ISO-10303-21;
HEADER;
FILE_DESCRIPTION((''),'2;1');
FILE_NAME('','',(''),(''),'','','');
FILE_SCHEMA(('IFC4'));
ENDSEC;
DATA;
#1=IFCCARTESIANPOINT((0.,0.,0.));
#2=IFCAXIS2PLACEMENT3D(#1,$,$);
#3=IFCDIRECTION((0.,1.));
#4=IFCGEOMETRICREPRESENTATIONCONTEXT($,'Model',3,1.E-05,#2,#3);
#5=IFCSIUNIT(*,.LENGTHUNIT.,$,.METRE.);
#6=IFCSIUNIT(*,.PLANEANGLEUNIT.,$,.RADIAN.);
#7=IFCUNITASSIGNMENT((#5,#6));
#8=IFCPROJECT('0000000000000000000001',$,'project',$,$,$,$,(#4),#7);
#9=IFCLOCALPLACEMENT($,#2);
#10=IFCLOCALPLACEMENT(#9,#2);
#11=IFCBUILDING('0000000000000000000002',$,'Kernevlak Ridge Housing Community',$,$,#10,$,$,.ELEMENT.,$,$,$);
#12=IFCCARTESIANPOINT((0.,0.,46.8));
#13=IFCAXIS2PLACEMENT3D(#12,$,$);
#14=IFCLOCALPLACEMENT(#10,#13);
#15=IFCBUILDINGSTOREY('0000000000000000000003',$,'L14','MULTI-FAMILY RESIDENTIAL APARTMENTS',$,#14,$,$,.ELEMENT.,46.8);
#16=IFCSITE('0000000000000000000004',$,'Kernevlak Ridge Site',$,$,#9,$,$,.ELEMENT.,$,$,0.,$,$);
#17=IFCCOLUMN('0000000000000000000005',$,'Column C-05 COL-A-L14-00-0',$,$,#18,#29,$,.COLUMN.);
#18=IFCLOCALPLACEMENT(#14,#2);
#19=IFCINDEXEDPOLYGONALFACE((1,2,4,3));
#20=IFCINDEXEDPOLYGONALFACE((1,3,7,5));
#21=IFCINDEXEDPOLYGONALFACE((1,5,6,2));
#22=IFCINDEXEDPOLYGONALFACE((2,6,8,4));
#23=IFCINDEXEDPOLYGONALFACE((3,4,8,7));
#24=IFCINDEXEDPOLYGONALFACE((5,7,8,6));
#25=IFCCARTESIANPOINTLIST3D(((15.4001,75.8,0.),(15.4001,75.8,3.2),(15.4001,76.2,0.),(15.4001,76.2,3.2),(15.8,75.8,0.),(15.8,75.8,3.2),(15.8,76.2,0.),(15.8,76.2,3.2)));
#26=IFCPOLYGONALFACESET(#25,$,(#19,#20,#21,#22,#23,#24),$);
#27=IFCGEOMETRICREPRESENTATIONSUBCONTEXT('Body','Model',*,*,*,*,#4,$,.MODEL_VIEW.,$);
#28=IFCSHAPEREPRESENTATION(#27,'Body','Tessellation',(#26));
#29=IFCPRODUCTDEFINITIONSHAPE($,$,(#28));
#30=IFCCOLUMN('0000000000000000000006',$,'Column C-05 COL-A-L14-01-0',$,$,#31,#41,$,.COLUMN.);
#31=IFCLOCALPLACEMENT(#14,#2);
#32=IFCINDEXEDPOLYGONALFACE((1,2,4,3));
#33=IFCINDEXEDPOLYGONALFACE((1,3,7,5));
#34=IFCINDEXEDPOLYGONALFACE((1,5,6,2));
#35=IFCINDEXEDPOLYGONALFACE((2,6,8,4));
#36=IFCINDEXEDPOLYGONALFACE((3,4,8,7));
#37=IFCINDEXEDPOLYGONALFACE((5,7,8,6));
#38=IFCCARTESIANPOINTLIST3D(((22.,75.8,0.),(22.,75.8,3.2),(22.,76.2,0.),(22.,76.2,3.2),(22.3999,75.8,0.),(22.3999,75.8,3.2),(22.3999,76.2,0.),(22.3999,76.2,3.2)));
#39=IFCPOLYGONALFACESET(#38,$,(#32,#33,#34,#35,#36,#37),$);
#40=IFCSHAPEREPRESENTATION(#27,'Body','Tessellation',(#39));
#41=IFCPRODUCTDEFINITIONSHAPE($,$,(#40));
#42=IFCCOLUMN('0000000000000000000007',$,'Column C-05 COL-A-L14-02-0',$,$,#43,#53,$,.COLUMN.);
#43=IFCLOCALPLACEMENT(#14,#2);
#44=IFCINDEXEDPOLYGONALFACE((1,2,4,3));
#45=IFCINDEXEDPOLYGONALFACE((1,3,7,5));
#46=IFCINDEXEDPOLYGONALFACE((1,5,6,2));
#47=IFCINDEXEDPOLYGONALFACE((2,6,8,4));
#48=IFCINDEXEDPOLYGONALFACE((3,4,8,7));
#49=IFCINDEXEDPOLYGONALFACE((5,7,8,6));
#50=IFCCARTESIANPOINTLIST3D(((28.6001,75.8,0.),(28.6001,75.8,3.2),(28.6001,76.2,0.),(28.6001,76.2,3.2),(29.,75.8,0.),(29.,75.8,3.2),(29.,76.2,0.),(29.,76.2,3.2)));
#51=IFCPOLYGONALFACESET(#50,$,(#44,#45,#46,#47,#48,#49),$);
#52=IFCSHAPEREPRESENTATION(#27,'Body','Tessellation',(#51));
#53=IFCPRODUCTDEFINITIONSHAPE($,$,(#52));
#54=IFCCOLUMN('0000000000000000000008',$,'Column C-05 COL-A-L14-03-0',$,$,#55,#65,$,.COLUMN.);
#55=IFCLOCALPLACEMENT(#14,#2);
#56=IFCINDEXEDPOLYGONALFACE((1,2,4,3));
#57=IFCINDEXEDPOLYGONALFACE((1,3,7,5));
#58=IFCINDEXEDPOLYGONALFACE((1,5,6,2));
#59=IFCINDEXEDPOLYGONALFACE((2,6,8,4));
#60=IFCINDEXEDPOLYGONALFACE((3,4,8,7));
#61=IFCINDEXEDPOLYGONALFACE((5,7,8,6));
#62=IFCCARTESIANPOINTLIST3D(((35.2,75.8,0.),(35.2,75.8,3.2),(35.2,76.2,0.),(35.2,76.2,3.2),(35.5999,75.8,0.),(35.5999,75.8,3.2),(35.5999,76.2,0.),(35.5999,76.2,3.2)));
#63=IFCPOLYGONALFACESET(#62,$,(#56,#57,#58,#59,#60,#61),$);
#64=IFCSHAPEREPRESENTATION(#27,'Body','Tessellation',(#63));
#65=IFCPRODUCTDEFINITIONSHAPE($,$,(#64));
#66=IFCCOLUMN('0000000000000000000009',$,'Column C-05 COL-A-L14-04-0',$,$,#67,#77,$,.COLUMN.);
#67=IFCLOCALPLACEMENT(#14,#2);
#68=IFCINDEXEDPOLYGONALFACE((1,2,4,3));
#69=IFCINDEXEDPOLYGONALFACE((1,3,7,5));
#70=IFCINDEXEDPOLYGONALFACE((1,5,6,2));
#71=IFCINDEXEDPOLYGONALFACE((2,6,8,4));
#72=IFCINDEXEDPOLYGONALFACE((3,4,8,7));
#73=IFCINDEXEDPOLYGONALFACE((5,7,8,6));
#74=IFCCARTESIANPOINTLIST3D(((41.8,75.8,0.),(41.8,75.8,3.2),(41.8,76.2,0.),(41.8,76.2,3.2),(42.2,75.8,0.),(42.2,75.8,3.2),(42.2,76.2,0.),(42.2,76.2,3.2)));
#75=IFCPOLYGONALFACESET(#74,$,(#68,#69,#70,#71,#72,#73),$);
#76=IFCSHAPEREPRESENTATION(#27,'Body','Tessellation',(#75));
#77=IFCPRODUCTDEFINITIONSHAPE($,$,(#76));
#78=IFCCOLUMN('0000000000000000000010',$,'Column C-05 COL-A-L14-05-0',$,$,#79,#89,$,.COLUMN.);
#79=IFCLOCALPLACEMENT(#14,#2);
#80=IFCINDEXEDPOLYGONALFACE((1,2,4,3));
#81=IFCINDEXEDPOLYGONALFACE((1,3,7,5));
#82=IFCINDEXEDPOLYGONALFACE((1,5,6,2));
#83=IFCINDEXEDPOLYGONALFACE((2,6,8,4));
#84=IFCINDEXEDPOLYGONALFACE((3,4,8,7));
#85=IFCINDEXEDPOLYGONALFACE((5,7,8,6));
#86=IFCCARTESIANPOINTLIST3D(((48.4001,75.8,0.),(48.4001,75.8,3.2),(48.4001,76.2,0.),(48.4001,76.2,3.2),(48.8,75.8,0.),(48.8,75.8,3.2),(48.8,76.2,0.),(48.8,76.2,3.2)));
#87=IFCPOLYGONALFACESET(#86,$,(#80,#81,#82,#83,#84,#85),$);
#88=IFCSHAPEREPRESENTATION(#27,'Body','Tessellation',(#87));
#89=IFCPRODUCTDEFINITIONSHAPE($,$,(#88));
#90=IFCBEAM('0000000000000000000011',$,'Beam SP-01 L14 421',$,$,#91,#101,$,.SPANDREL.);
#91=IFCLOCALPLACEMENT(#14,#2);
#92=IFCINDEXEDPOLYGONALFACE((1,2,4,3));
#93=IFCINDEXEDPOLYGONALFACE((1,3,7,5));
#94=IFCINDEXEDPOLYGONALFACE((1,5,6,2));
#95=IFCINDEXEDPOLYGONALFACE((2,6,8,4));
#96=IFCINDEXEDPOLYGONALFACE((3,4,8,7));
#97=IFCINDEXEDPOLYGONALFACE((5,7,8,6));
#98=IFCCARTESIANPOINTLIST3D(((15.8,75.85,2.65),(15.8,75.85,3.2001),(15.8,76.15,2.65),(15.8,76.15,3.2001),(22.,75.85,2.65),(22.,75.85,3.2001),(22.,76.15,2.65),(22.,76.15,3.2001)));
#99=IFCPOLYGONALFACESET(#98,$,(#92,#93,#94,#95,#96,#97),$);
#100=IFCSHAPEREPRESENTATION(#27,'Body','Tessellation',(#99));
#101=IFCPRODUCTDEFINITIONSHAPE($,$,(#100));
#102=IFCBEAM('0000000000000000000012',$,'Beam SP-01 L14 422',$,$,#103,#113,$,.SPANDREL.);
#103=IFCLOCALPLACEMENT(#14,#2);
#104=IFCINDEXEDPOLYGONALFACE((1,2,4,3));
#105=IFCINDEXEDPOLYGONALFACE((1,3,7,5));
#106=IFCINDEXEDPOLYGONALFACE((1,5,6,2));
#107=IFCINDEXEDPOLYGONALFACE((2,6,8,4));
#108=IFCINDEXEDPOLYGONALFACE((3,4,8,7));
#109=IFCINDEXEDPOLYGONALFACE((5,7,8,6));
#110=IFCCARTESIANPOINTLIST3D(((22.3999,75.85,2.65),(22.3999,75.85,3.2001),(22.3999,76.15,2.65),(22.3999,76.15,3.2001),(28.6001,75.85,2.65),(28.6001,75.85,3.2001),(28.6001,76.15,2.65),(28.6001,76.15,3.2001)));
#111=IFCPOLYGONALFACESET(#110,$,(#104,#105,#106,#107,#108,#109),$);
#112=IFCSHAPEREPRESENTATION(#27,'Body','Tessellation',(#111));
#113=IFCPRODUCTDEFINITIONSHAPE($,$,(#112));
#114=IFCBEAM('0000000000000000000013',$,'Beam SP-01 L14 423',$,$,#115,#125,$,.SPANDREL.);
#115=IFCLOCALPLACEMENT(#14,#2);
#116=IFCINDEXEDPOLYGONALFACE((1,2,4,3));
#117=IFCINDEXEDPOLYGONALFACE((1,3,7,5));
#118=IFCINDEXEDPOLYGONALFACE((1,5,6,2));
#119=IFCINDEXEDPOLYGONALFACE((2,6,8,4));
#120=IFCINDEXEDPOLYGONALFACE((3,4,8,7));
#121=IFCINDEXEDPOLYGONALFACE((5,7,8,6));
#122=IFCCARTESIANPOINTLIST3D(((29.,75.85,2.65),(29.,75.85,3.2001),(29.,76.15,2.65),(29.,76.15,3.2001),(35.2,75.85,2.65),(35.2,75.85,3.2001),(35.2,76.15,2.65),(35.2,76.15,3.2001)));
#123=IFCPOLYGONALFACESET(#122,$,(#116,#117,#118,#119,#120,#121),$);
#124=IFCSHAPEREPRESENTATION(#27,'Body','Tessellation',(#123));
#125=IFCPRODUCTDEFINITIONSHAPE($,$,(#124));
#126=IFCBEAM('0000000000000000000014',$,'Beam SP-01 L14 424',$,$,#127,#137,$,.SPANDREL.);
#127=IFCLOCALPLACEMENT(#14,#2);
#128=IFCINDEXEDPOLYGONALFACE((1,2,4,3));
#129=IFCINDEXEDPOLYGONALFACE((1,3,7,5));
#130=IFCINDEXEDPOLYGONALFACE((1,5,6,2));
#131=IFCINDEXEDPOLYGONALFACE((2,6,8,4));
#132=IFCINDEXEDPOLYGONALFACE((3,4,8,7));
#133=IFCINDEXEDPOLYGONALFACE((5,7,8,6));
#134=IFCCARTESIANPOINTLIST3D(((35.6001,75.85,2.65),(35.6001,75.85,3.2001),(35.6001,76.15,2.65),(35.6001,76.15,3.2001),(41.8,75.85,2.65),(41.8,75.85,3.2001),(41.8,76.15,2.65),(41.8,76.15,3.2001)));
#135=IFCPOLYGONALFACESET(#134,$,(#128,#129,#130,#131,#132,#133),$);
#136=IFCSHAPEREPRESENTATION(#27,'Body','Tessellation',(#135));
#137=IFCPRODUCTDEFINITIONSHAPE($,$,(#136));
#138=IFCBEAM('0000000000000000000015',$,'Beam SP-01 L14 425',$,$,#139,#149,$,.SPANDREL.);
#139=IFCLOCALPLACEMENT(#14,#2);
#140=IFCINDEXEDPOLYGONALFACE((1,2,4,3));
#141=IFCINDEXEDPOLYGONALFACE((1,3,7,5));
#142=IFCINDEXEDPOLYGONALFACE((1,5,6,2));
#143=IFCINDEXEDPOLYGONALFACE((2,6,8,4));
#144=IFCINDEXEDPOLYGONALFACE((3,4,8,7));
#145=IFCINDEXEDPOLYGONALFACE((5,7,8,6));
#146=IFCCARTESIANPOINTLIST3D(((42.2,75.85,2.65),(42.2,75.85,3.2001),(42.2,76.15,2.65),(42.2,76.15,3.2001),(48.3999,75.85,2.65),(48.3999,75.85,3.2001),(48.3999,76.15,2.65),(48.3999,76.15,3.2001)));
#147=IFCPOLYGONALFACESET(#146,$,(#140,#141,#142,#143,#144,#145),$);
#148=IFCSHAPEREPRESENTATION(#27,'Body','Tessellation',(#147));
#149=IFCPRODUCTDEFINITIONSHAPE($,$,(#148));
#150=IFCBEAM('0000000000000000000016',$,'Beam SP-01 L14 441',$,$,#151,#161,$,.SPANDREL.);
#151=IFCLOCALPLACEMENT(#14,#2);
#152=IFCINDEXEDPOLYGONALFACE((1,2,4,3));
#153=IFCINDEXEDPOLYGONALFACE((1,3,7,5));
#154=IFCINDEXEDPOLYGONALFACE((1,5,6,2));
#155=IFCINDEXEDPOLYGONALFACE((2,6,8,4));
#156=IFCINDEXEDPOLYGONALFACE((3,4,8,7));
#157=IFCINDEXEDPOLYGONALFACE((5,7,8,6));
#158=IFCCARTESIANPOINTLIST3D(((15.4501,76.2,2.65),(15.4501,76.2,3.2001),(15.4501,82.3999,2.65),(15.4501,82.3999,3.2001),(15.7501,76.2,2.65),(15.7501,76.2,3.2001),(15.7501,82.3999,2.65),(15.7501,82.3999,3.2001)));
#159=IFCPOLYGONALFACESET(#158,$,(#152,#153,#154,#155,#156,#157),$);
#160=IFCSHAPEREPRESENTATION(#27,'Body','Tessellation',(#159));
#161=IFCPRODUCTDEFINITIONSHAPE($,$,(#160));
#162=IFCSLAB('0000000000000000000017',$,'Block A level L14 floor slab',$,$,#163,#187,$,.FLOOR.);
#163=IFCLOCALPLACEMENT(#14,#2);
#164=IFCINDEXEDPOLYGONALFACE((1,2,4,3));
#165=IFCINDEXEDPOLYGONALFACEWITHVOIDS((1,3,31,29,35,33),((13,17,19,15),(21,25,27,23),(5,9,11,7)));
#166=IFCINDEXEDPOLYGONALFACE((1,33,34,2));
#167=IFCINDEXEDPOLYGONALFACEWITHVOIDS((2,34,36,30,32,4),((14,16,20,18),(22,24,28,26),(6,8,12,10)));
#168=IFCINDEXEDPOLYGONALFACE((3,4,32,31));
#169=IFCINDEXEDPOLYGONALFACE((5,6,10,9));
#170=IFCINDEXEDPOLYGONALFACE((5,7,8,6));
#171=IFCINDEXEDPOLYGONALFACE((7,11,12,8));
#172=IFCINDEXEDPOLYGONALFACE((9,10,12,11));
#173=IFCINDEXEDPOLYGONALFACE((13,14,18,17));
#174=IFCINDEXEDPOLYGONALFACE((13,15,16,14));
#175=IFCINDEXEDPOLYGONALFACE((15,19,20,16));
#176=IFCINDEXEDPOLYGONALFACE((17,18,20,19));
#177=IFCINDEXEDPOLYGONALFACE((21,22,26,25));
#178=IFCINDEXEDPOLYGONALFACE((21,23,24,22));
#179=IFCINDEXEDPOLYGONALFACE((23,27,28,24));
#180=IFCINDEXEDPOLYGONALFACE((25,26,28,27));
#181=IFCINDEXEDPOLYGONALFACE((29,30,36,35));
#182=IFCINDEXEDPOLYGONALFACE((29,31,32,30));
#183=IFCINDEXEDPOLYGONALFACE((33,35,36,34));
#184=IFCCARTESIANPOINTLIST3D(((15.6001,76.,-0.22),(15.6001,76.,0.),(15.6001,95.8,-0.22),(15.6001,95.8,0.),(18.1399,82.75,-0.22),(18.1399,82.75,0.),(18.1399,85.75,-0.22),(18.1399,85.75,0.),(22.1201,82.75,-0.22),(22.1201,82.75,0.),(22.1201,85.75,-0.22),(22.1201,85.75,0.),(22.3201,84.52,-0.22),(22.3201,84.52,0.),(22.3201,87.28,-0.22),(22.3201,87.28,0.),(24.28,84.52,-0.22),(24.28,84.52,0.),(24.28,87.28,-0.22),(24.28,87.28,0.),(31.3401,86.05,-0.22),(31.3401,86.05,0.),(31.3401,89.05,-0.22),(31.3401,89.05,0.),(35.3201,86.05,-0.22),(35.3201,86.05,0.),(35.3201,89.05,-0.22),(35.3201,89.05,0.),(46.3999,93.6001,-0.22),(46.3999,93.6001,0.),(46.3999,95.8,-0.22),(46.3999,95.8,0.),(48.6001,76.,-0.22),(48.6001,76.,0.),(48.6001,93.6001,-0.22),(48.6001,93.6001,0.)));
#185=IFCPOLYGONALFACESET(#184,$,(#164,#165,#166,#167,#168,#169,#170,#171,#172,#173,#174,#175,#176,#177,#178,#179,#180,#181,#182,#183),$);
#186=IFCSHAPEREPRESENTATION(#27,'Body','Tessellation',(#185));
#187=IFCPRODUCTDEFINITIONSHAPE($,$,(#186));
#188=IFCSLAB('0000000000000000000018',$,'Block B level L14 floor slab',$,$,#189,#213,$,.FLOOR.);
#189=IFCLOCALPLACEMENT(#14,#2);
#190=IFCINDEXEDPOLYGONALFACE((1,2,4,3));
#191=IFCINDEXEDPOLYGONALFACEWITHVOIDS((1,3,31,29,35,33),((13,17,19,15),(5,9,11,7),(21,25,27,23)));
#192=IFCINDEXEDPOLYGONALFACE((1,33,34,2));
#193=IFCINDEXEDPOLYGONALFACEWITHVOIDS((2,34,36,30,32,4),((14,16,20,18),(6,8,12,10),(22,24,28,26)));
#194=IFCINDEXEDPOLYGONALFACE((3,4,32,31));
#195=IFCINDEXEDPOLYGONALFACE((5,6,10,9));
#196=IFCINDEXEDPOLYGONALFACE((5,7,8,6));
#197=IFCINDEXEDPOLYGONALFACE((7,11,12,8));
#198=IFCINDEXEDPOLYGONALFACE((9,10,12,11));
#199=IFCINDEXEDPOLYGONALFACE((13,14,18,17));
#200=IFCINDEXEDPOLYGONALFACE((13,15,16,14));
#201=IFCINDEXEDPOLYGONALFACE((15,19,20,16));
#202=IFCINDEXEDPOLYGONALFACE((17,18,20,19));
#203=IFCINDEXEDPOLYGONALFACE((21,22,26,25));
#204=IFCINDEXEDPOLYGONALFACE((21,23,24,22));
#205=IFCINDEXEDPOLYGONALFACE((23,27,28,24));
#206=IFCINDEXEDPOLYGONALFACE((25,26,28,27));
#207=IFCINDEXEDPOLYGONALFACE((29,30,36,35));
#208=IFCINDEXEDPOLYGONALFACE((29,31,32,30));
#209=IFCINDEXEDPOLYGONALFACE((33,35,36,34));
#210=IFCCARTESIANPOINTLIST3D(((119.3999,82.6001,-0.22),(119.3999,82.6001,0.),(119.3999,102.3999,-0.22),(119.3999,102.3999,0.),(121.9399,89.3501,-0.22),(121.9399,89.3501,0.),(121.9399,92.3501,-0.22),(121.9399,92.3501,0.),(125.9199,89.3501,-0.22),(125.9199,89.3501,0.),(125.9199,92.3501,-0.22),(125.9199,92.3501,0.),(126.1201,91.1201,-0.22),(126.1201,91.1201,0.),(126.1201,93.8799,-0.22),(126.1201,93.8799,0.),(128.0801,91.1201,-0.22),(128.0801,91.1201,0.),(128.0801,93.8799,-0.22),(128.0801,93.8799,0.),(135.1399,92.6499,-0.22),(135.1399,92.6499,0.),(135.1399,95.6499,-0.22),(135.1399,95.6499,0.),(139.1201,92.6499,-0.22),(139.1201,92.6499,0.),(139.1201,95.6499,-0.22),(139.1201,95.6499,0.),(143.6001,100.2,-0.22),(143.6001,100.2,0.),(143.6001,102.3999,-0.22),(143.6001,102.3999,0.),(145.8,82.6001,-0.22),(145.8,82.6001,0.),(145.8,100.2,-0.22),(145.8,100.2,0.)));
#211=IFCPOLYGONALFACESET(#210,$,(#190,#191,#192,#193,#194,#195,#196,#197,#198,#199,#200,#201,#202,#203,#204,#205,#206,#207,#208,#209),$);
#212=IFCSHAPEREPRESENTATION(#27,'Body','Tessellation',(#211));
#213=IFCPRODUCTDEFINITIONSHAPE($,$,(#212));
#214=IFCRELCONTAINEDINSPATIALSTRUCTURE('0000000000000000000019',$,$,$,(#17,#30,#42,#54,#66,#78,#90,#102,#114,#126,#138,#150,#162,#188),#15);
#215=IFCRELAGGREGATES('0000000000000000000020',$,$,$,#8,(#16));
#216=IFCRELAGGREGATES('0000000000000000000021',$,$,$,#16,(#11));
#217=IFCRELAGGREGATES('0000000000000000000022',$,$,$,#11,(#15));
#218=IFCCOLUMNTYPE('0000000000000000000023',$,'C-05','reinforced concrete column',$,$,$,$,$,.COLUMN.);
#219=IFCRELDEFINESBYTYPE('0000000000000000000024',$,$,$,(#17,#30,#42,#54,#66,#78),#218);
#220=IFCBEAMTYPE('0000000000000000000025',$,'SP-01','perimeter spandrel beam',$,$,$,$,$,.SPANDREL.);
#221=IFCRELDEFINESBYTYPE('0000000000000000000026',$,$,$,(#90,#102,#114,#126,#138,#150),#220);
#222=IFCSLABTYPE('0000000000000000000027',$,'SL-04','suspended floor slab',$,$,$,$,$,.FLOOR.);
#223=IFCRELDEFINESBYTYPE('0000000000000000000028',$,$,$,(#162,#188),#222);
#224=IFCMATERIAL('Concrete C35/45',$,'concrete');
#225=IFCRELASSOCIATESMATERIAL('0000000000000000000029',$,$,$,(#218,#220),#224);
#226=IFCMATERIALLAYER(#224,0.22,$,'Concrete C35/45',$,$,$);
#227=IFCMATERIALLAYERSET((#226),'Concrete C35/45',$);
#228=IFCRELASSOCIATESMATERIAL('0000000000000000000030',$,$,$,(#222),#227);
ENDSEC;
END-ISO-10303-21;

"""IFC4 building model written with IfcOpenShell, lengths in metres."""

from ifc_helpers import new_model, si_unit, direction, frame, origin, origin_2d, place, context, subcontext, project, spatial, polyline, rectangle, outline, extrude, material, layer, layer_set, material_profile, profile_set, type_object, element, save


model = new_model("IFC4")

# Units and contexts
model_context = context("Model", 3, precision=1e-05, world=origin(), true_north=direction((0.0, 1.0)))
body_context = subcontext(model_context, "Body", "Model", "MODEL_VIEW")
ifc_project = project(units=[si_unit("LENGTHUNIT", "METRE"), si_unit("PLANEANGLEUNIT", "RADIAN")], contexts=[model_context])

# Site, building, storey
site_placement = place(None, origin())
site = spatial("IfcSite", under=ifc_project, at=site_placement, Name="Kernevlak Ridge Site", CompositionType="ELEMENT", RefElevation=0.0)
building_placement = place(site_placement, origin())
building = spatial("IfcBuilding", under=site, at=building_placement, Name="Kernevlak Ridge Housing Community", CompositionType="ELEMENT")
storey_placement = place(building_placement, frame((0.0, 0.0, 46.8)))
storey = spatial("IfcBuildingStorey", under=building, at=storey_placement, Name="L14", Description="MULTI-FAMILY RESIDENTIAL APARTMENTS", CompositionType="ELEMENT", Elevation=46.8)

# Columns
ifc_material_1 = material(Name="Concrete C35/45", Category="concrete")
ifc_material_profile_1 = material_profile(ifc_material_1, rectangle(XDim=0.3999, YDim=0.3999, at=origin_2d()), Name="RC 400x400")
ifc_profile_set_1 = profile_set([ifc_material_profile_1], Name="Concrete C35/45")
column_type = type_object("IfcColumnType", Name="C-05", Description="reinforced concrete column", PredefinedType="COLUMN", material=ifc_profile_set_1)
for number, where, z_axis, x_axis, name in (
    (1, (15.6001, 76.0, 0.0), (0.0, 0.0, 1.0), (1.0, 0.0, 0.0), "Column C-05 COL-A-L14-00-0"),
    (2, (22.2, 76.0, 0.0), (0.0, 0.0, 1.0), (1.0, 0.0, 0.0), "Column C-05 COL-A-L14-01-0"),
    (3, (28.8, 76.0, 0.0), (0.0, 0.0, 1.0), (1.0, 0.0, 0.0), "Column C-05 COL-A-L14-02-0"),
    (4, (35.3999, 76.0, 0.0), (0.0, 0.0, 1.0), (1.0, 0.0, 0.0), "Column C-05 COL-A-L14-03-0"),
    (5, (42.0, 76.0, 0.0), (0.0, 0.0, 1.0), (1.0, 0.0, 0.0), "Column C-05 COL-A-L14-04-0"),
    (6, (48.6001, 76.0, 0.0), (0.0, 0.0, 1.0), (1.0, 0.0, 0.0), "Column C-05 COL-A-L14-05-0"),
):
    element("IfcColumn", number, at=place(storey_placement, frame(where, z_axis=z_axis, x_axis=x_axis)), inside=storey, type_object=column_type, Name=name, PredefinedType="COLUMN", context=body_context, shape_type="SweptSolid", body=[
        extrude(rectangle(XDim=0.3999, YDim=0.3999, at=origin_2d()), origin(), (0.0, 0.0, 1.0), 3.2),
    ])

# Beams
ifc_material_profile_2 = material_profile(ifc_material_1, rectangle(XDim=0.3, YDim=0.55, at=origin_2d()), Name="RC 300x550")
ifc_profile_set_2 = profile_set([ifc_material_profile_2], Name="Concrete C35/45")
beam_type = type_object("IfcBeamType", Name="SP-01", Description="perimeter spandrel beam", PredefinedType="SPANDREL", material=ifc_profile_set_2)
beam_1_placement = place(storey_placement, frame((15.8, 76.0, 2.925), z_axis=(1.0, 0.0, 0.0), x_axis=(0.0, 1.0, 0.0)))
element("IfcBeam", 7, at=beam_1_placement, inside=storey, type_object=beam_type, Name="Beam SP-01 L14 421", PredefinedType="SPANDREL", context=body_context, shape_type="SweptSolid", body=[
    extrude(rectangle(XDim=0.3, YDim=0.55, at=origin_2d()), origin(), (0.0, 0.0, 1.0), 6.2),
])
beam_2_placement = place(storey_placement, frame((22.3999, 76.0, 2.925), z_axis=(1.0, 0.0, 0.0), x_axis=(0.0, 1.0, 0.0)))
element("IfcBeam", 8, at=beam_2_placement, inside=storey, type_object=beam_type, Name="Beam SP-01 L14 422", PredefinedType="SPANDREL", context=body_context, shape_type="SweptSolid", body=[
    extrude(rectangle(XDim=0.3, YDim=0.55, at=origin_2d()), origin(), (0.0, 0.0, 1.0), 6.2002),
])
for number, where, z_axis, x_axis, name in (
    (9, (29.0, 76.0, 2.925), (1.0, 0.0, 0.0), (0.0, 1.0, 0.0), "Beam SP-01 L14 423"),
    (10, (35.6001, 76.0, 2.925), (1.0, 0.0, 0.0), (0.0, 1.0, 0.0), "Beam SP-01 L14 424"),
    (11, (42.2, 76.0, 2.925), (1.0, 0.0, 0.0), (0.0, 1.0, 0.0), "Beam SP-01 L14 425"),
    (12, (15.6001, 76.2, 2.925), (0.0, 1.0, 0.0), (-1.0, 0.0, 0.0), "Beam SP-01 L14 441"),
):
    element("IfcBeam", number, at=place(storey_placement, frame(where, z_axis=z_axis, x_axis=x_axis)), inside=storey, type_object=beam_type, Name=name, PredefinedType="SPANDREL", context=body_context, shape_type="SweptSolid", body=[
        extrude(rectangle(XDim=0.3, YDim=0.55, at=origin_2d()), origin(), (0.0, 0.0, 1.0), 6.2),
    ])

# Slabs
ifc_layer_1 = layer(ifc_material_1, 0.22, Name="Concrete C35/45")
ifc_layer_set_1 = layer_set([ifc_layer_1], Name="Concrete C35/45")
slab_type_1 = type_object("IfcSlabType", Name="SL-04", Description="suspended floor slab", PredefinedType="FLOOR", material=ifc_layer_set_1)
slab_1_placement = place(storey_placement, frame((0.0, 0.0, -0.22)))
element("IfcSlab", 13, at=slab_1_placement, inside=storey, type_object=slab_type_1, Name="Block A level L14 floor slab", PredefinedType="FLOOR", context=body_context, shape_type="SweptSolid", body=[
    extrude(outline(polyline([(15.6001, 76.0), (48.6001, 76.0), (48.6001, 93.6001), (46.3999, 93.6001), (46.3999, 95.8), (15.6001, 95.8), (15.6001, 76.0)]), holes=[polyline([(18.1399, 85.75), (22.1201, 85.75), (22.1201, 82.75), (18.1399, 82.75), (18.1399, 85.75)]), polyline([(31.3401, 89.05), (35.3201, 89.05), (35.3201, 86.05), (31.3401, 86.05), (31.3401, 89.05)]), polyline([(22.3201, 87.28), (24.28, 87.28), (24.28, 84.52), (22.3201, 84.52), (22.3201, 87.28)])]), origin(), (0.0, 0.0, 1.0), 0.22),
])
slab_2_placement = place(storey_placement, frame((0.0, 0.0, -0.22)))
element("IfcSlab", 14, at=slab_2_placement, inside=storey, type_object=slab_type_1, Name="Block B level L14 floor slab", PredefinedType="FLOOR", context=body_context, shape_type="SweptSolid", body=[
    extrude(outline(polyline([(119.3999, 82.6001), (145.8, 82.6001), (145.8, 100.2), (143.6001, 100.2), (143.6001, 102.3999), (119.3999, 102.3999), (119.3999, 82.6001)]), holes=[polyline([(121.9399, 92.3501), (125.9199, 92.3501), (125.9199, 89.3501), (121.9399, 89.3501), (121.9399, 92.3501)]), polyline([(135.1399, 95.6499), (139.1201, 95.6499), (139.1201, 92.6499), (135.1399, 92.6499), (135.1399, 95.6499)]), polyline([(126.1201, 93.8799), (128.0801, 93.8799), (128.0801, 91.1201), (126.1201, 91.1201), (126.1201, 93.8799)])]), origin(), (0.0, 0.0, 1.0), 0.22),
])

save(model, "model.ifc")
